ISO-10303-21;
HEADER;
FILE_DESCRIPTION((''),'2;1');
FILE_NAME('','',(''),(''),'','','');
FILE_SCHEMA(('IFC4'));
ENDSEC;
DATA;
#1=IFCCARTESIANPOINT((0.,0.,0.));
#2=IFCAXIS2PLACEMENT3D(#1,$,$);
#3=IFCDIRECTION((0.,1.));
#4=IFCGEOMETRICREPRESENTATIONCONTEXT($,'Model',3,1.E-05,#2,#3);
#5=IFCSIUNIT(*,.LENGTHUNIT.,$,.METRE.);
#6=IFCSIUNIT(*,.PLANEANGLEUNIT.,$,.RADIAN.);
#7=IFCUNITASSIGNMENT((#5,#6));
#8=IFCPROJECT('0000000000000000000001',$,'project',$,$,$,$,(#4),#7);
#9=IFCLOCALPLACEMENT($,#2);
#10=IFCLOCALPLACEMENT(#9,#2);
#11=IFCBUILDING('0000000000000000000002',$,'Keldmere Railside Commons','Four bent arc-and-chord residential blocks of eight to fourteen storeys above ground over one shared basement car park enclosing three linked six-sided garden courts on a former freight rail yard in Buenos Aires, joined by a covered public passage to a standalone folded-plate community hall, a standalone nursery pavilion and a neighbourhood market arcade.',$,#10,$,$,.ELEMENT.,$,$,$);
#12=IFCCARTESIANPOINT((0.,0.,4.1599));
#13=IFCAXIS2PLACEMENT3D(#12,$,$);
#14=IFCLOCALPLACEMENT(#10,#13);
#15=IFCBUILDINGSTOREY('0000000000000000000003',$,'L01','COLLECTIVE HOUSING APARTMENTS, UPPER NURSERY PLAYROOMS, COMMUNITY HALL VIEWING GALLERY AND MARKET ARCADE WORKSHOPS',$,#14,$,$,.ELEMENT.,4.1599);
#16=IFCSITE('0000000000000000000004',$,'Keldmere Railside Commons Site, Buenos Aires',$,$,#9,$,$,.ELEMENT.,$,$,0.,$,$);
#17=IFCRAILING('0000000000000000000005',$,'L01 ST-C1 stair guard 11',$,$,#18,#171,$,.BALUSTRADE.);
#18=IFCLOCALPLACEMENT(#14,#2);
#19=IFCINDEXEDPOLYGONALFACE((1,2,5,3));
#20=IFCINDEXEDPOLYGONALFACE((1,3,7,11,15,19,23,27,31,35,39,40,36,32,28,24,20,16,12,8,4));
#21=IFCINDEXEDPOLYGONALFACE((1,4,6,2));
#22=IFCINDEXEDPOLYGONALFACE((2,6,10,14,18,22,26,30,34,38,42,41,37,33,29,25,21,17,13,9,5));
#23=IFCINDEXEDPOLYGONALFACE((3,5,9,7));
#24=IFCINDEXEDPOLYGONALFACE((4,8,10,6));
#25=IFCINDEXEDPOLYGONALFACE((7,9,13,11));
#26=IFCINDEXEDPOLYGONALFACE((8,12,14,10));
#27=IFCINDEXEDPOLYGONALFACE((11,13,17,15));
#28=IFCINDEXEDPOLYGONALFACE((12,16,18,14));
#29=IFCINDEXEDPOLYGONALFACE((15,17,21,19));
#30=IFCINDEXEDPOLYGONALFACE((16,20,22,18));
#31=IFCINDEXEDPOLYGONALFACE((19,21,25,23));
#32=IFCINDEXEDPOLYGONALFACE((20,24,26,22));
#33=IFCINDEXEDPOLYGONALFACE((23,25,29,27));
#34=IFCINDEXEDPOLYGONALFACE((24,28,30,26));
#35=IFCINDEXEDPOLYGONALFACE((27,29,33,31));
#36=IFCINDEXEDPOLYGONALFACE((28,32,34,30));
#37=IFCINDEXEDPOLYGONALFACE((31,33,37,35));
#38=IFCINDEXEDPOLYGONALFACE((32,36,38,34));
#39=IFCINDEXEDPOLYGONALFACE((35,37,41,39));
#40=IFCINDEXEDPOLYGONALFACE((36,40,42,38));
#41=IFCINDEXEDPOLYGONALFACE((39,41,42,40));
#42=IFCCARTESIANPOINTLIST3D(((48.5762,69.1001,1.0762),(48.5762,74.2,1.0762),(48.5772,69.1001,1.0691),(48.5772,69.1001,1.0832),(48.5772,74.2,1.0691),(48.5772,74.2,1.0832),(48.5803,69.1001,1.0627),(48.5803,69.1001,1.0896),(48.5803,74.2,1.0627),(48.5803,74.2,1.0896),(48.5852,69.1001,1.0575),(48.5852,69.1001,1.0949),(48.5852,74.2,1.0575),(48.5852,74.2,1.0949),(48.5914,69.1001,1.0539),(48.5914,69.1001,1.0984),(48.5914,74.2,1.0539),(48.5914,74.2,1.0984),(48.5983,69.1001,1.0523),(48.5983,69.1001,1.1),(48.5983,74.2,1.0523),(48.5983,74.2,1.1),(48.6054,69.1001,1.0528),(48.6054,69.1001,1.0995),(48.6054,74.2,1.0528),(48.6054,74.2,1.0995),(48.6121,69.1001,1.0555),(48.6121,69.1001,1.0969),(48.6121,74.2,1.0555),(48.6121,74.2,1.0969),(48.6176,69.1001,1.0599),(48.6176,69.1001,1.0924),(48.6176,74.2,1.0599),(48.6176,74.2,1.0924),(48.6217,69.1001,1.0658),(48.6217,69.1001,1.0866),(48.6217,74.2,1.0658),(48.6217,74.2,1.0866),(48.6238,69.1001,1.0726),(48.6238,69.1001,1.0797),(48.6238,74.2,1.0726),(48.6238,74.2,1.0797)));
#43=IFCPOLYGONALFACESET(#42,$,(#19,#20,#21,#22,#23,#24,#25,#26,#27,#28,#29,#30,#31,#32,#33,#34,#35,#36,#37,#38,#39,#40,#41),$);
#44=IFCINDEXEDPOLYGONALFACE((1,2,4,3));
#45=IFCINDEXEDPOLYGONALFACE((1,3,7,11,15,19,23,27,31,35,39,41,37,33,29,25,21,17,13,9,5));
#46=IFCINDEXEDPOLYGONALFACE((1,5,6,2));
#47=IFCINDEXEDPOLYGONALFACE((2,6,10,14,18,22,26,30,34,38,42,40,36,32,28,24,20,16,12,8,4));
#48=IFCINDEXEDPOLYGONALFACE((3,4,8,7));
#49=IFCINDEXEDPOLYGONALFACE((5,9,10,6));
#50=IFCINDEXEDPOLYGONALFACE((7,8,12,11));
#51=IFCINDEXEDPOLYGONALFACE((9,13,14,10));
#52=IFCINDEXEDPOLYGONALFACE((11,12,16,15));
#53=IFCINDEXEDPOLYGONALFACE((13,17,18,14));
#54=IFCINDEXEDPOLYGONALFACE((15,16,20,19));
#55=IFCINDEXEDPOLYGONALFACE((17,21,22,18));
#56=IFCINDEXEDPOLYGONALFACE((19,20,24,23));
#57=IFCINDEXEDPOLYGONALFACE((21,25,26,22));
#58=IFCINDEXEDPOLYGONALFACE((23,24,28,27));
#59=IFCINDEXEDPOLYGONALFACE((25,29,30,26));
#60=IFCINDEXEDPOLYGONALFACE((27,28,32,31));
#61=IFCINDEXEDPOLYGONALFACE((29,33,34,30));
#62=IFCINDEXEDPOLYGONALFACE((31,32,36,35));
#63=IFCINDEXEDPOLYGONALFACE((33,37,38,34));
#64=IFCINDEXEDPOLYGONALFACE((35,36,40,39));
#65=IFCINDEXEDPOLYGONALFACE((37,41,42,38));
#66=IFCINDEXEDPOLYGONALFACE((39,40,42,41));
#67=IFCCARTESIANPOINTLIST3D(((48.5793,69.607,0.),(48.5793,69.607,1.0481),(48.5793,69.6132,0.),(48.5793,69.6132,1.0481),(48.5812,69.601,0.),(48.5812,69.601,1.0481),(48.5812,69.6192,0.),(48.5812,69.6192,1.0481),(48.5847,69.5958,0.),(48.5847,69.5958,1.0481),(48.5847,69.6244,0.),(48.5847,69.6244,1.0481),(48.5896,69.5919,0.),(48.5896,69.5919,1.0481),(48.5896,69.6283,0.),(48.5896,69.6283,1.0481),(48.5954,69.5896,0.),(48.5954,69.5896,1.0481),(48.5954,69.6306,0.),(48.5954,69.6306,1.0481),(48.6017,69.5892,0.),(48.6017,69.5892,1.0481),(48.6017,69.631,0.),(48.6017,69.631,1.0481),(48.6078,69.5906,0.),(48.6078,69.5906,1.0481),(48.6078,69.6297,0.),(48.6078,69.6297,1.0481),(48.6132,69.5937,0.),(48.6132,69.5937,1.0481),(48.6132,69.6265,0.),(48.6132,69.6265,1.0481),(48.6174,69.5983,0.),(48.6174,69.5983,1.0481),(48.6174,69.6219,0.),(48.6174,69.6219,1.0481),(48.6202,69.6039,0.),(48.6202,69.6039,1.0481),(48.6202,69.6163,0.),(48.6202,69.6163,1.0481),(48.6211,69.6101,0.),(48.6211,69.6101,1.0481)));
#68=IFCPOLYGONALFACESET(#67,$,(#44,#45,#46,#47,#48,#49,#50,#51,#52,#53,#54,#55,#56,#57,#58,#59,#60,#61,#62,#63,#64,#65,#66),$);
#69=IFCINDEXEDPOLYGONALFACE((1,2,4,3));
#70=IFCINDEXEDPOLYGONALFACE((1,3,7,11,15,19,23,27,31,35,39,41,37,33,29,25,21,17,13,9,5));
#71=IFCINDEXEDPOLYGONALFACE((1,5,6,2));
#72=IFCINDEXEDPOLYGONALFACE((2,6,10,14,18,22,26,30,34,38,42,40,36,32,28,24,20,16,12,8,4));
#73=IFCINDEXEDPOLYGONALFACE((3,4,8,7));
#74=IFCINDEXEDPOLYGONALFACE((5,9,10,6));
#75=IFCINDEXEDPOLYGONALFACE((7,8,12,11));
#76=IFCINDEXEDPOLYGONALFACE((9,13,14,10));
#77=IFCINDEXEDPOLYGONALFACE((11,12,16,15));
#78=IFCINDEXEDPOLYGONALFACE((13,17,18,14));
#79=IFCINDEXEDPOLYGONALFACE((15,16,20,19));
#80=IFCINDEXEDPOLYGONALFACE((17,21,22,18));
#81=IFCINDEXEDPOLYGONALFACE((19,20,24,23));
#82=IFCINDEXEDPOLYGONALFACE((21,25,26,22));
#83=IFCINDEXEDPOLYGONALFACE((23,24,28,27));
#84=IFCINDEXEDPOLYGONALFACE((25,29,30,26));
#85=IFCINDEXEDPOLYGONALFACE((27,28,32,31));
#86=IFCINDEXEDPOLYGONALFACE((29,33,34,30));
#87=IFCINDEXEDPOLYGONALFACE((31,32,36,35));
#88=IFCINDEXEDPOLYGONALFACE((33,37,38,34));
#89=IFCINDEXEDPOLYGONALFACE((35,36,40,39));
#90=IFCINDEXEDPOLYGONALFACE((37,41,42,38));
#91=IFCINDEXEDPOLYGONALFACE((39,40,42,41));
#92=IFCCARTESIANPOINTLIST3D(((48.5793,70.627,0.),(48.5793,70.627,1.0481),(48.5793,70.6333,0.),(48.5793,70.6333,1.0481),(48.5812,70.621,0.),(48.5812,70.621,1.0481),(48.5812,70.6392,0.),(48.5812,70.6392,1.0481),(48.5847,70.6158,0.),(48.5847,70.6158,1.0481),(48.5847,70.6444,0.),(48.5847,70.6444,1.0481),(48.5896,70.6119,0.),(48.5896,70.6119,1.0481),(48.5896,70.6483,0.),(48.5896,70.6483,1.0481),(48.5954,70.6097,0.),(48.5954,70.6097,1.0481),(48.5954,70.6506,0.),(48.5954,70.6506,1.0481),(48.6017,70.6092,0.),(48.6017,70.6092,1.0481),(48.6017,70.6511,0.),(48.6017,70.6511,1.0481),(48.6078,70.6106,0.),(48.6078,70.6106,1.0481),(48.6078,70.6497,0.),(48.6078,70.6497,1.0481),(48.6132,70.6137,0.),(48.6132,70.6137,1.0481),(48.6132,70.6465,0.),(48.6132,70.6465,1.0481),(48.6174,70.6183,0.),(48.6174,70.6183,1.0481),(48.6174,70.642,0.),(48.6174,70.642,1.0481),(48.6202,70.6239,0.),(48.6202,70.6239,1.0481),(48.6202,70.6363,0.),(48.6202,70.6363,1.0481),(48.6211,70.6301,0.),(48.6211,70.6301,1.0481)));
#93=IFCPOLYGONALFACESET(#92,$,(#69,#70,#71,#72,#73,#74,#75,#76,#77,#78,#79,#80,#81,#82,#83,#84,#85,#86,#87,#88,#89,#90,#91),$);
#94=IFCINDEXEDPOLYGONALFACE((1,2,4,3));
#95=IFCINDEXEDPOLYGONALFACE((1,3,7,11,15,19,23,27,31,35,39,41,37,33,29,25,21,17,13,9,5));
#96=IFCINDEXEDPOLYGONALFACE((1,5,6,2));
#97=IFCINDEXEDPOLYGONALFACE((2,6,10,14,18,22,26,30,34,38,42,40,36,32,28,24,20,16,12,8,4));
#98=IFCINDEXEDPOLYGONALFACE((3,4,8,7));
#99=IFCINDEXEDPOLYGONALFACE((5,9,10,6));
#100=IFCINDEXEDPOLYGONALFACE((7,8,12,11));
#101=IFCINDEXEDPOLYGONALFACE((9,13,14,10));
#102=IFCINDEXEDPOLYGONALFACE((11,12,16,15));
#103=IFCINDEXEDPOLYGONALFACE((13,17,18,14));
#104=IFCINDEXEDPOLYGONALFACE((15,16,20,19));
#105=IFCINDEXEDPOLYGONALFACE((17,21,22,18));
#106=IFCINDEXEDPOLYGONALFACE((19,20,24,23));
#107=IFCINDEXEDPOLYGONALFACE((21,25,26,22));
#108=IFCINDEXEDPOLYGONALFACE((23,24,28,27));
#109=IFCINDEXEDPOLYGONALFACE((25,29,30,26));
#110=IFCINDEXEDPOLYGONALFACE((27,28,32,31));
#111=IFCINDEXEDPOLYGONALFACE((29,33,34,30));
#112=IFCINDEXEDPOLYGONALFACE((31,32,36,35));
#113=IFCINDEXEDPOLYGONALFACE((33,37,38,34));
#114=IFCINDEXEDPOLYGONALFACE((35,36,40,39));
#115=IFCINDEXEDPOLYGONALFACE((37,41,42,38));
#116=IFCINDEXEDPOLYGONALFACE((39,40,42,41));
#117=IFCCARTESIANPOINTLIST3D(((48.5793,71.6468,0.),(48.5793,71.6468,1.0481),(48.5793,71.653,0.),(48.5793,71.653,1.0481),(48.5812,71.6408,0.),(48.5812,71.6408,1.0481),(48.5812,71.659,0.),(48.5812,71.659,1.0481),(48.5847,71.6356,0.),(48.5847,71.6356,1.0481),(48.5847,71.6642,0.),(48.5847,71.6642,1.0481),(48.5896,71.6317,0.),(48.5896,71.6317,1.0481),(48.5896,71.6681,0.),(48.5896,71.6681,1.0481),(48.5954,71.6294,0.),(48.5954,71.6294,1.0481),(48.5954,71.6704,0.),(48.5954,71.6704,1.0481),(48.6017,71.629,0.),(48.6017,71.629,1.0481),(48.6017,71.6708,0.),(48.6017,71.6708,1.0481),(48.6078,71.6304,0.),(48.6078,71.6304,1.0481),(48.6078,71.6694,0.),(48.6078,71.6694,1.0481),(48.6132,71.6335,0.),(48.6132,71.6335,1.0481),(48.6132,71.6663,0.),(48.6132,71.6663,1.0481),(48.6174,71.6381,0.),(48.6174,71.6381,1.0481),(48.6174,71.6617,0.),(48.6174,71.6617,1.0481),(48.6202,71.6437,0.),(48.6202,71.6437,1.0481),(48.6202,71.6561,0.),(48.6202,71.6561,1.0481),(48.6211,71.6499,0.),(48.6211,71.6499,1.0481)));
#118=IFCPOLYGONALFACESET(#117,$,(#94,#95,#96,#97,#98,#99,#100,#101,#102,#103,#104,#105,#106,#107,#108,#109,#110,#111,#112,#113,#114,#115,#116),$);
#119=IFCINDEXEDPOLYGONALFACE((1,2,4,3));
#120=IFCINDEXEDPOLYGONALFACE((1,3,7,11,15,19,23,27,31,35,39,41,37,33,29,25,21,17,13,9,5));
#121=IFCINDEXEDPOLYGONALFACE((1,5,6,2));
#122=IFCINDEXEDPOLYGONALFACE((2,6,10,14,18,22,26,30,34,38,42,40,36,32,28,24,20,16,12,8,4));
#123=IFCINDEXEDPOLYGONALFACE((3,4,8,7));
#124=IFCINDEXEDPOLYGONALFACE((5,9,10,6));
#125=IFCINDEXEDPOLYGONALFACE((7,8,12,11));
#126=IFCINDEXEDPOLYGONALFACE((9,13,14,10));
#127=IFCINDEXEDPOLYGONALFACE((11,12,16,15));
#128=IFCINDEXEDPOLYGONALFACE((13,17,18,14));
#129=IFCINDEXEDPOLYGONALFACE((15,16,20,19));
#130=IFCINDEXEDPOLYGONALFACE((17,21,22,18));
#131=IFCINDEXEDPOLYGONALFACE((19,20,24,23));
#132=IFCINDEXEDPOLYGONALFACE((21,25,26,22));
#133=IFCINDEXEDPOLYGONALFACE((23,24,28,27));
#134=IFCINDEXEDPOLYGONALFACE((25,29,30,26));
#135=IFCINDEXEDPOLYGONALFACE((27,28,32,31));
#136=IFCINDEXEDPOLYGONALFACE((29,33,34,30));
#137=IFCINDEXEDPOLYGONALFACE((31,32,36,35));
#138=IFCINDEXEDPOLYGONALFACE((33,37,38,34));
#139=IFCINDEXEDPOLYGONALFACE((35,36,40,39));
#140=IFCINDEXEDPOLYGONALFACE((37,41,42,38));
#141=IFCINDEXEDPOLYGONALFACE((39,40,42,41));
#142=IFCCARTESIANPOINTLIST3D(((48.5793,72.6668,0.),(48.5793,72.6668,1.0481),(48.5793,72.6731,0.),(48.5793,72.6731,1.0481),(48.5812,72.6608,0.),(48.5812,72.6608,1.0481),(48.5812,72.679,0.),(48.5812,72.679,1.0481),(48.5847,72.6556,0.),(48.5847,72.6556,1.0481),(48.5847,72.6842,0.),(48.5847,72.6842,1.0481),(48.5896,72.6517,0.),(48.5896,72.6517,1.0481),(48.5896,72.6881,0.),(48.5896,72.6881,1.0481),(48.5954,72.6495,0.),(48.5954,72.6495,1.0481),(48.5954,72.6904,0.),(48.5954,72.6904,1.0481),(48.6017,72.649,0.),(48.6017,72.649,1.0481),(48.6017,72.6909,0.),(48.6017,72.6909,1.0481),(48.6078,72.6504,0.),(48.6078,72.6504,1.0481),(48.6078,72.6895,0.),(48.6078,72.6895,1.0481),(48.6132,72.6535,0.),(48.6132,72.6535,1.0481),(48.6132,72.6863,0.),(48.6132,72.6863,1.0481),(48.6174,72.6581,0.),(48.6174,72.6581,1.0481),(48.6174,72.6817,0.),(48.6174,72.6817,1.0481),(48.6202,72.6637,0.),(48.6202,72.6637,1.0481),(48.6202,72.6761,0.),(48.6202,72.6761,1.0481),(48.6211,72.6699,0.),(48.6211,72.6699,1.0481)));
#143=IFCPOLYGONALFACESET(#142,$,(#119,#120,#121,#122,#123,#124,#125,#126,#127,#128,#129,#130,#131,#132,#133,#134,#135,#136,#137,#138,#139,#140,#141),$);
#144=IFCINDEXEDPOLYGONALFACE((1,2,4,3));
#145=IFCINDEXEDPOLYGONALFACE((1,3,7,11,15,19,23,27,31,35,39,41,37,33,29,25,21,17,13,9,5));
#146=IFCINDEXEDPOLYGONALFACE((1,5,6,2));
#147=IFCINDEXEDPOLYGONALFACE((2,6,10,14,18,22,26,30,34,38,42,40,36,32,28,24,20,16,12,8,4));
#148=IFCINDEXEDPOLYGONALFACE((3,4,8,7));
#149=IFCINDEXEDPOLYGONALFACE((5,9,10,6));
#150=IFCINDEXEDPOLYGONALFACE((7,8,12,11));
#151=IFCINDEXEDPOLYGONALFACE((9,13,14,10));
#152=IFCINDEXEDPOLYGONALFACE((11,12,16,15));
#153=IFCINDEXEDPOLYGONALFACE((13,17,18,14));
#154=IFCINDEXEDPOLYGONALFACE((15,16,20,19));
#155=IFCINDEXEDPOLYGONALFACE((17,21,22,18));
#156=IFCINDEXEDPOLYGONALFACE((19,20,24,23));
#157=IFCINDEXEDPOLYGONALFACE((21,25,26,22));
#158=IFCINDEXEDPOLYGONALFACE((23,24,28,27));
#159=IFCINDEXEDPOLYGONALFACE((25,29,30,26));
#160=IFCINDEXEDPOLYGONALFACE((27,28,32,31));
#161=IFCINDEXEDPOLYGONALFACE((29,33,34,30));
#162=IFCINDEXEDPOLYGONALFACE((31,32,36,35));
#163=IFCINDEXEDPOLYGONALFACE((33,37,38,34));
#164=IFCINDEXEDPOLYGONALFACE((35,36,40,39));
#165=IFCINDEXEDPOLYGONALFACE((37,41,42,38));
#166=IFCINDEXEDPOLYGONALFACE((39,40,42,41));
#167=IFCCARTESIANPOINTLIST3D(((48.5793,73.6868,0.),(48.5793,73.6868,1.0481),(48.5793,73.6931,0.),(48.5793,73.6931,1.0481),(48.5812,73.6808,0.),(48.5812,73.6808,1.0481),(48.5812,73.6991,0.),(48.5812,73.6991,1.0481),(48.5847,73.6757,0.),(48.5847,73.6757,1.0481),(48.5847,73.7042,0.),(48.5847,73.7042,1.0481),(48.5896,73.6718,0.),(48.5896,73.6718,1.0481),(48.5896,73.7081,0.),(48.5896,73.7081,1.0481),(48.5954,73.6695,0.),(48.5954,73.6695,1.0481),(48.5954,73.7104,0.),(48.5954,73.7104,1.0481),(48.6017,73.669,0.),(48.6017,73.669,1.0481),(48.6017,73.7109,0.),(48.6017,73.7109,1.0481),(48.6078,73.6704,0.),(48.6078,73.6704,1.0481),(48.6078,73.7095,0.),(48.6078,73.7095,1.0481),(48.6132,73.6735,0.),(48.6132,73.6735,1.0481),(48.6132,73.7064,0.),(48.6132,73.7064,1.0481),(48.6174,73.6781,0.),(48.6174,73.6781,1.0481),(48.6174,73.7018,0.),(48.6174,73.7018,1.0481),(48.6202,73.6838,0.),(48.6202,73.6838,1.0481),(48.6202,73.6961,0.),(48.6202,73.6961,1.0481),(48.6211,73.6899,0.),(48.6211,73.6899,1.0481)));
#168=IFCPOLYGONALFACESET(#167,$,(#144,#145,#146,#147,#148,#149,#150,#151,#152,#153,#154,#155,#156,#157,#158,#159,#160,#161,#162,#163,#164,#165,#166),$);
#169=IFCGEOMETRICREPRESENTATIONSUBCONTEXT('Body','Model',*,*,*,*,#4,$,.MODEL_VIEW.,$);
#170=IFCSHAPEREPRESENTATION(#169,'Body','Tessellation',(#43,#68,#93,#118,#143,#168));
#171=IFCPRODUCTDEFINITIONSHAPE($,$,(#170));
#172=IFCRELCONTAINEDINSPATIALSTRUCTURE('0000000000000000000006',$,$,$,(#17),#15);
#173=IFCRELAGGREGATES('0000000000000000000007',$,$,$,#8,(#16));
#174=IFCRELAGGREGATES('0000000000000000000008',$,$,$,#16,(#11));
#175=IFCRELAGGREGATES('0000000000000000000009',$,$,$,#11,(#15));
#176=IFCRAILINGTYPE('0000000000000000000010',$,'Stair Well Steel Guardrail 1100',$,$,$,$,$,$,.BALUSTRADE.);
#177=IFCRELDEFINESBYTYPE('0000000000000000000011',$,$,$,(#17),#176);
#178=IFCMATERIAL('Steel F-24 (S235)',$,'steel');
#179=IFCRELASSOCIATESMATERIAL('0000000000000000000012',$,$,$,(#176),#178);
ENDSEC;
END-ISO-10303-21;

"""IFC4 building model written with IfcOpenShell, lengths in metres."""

from ifc_helpers import new_model, si_unit, direction, frame, origin, origin_2d, place, context, subcontext, project, spatial, circle, extrude, material, type_object, element, save


model = new_model("IFC4")

# Units and contexts
model_context = context("Model", 3, precision=1e-05, world=origin(), true_north=direction((0.0, 1.0)))
body_context = subcontext(model_context, "Body", "Model", "MODEL_VIEW")
ifc_project = project(units=[si_unit("LENGTHUNIT", "METRE"), si_unit("PLANEANGLEUNIT", "RADIAN")], contexts=[model_context])

# Site, building, storey
site_placement = place(None, origin())
site = spatial("IfcSite", under=ifc_project, at=site_placement, Name="Keldmere Railside Commons Site, Buenos Aires", CompositionType="ELEMENT", RefElevation=0.0)
building_placement = place(site_placement, origin())
building = spatial("IfcBuilding", under=site, at=building_placement, Name="Keldmere Railside Commons", Description="Four bent arc-and-chord residential blocks of eight to fourteen storeys above ground over one shared basement car park enclosing three linked six-sided garden courts on a former freight rail yard in Buenos Aires, joined by a covered public passage to a standalone folded-plate community hall, a standalone nursery pavilion and a neighbourhood market arcade.", CompositionType="ELEMENT")
storey_placement = place(building_placement, frame((0.0, 0.0, 4.1599)))
storey = spatial("IfcBuildingStorey", under=building, at=storey_placement, Name="L01", Description="COLLECTIVE HOUSING APARTMENTS, UPPER NURSERY PLAYROOMS, COMMUNITY HALL VIEWING GALLERY AND MARKET ARCADE WORKSHOPS", CompositionType="ELEMENT", Elevation=4.1599)

# Railing
ifc_material_1 = material(Name="Steel F-24 (S235)", Category="steel")
railing_type_1 = type_object("IfcRailingType", Name="Stair Well Steel Guardrail 1100", PredefinedType="BALUSTRADE", material=ifc_material_1)
railing_1_placement = place(storey_placement, frame((48.6001, 69.1001, 0.0)))
element("IfcRailing", 1, at=railing_1_placement, inside=storey, type_object=railing_type_1, Name="L01 ST-C1 stair guard 11", PredefinedType="BALUSTRADE", context=body_context, shape_type="SweptSolid", body=[
    extrude(circle(Radius=0.0239, at=origin_2d()), frame((0.0, 0.0, 1.0762), z_axis=(0.0, 1.0, 0.0), x_axis=(-1.0, 0.0, 0.0)), (0.0, 0.0, 1.0), 5.0999),
    extrude(circle(Radius=0.021, at=origin_2d()), frame((0.0, 0.51, 0.0)), (0.0, 0.0, 1.0), 1.0481),
    extrude(circle(Radius=0.021, at=origin_2d()), frame((0.0, 1.53, 0.0)), (0.0, 0.0, 1.0), 1.0481),
    extrude(circle(Radius=0.021, at=origin_2d()), frame((0.0, 2.5498, 0.0)), (0.0, 0.0, 1.0), 1.0481),
    extrude(circle(Radius=0.021, at=origin_2d()), frame((0.0, 3.5698, 0.0)), (0.0, 0.0, 1.0), 1.0481),
    extrude(circle(Radius=0.021, at=origin_2d()), frame((0.0, 4.5898, 0.0)), (0.0, 0.0, 1.0), 1.0481),
])

save(model, "model.ifc")
